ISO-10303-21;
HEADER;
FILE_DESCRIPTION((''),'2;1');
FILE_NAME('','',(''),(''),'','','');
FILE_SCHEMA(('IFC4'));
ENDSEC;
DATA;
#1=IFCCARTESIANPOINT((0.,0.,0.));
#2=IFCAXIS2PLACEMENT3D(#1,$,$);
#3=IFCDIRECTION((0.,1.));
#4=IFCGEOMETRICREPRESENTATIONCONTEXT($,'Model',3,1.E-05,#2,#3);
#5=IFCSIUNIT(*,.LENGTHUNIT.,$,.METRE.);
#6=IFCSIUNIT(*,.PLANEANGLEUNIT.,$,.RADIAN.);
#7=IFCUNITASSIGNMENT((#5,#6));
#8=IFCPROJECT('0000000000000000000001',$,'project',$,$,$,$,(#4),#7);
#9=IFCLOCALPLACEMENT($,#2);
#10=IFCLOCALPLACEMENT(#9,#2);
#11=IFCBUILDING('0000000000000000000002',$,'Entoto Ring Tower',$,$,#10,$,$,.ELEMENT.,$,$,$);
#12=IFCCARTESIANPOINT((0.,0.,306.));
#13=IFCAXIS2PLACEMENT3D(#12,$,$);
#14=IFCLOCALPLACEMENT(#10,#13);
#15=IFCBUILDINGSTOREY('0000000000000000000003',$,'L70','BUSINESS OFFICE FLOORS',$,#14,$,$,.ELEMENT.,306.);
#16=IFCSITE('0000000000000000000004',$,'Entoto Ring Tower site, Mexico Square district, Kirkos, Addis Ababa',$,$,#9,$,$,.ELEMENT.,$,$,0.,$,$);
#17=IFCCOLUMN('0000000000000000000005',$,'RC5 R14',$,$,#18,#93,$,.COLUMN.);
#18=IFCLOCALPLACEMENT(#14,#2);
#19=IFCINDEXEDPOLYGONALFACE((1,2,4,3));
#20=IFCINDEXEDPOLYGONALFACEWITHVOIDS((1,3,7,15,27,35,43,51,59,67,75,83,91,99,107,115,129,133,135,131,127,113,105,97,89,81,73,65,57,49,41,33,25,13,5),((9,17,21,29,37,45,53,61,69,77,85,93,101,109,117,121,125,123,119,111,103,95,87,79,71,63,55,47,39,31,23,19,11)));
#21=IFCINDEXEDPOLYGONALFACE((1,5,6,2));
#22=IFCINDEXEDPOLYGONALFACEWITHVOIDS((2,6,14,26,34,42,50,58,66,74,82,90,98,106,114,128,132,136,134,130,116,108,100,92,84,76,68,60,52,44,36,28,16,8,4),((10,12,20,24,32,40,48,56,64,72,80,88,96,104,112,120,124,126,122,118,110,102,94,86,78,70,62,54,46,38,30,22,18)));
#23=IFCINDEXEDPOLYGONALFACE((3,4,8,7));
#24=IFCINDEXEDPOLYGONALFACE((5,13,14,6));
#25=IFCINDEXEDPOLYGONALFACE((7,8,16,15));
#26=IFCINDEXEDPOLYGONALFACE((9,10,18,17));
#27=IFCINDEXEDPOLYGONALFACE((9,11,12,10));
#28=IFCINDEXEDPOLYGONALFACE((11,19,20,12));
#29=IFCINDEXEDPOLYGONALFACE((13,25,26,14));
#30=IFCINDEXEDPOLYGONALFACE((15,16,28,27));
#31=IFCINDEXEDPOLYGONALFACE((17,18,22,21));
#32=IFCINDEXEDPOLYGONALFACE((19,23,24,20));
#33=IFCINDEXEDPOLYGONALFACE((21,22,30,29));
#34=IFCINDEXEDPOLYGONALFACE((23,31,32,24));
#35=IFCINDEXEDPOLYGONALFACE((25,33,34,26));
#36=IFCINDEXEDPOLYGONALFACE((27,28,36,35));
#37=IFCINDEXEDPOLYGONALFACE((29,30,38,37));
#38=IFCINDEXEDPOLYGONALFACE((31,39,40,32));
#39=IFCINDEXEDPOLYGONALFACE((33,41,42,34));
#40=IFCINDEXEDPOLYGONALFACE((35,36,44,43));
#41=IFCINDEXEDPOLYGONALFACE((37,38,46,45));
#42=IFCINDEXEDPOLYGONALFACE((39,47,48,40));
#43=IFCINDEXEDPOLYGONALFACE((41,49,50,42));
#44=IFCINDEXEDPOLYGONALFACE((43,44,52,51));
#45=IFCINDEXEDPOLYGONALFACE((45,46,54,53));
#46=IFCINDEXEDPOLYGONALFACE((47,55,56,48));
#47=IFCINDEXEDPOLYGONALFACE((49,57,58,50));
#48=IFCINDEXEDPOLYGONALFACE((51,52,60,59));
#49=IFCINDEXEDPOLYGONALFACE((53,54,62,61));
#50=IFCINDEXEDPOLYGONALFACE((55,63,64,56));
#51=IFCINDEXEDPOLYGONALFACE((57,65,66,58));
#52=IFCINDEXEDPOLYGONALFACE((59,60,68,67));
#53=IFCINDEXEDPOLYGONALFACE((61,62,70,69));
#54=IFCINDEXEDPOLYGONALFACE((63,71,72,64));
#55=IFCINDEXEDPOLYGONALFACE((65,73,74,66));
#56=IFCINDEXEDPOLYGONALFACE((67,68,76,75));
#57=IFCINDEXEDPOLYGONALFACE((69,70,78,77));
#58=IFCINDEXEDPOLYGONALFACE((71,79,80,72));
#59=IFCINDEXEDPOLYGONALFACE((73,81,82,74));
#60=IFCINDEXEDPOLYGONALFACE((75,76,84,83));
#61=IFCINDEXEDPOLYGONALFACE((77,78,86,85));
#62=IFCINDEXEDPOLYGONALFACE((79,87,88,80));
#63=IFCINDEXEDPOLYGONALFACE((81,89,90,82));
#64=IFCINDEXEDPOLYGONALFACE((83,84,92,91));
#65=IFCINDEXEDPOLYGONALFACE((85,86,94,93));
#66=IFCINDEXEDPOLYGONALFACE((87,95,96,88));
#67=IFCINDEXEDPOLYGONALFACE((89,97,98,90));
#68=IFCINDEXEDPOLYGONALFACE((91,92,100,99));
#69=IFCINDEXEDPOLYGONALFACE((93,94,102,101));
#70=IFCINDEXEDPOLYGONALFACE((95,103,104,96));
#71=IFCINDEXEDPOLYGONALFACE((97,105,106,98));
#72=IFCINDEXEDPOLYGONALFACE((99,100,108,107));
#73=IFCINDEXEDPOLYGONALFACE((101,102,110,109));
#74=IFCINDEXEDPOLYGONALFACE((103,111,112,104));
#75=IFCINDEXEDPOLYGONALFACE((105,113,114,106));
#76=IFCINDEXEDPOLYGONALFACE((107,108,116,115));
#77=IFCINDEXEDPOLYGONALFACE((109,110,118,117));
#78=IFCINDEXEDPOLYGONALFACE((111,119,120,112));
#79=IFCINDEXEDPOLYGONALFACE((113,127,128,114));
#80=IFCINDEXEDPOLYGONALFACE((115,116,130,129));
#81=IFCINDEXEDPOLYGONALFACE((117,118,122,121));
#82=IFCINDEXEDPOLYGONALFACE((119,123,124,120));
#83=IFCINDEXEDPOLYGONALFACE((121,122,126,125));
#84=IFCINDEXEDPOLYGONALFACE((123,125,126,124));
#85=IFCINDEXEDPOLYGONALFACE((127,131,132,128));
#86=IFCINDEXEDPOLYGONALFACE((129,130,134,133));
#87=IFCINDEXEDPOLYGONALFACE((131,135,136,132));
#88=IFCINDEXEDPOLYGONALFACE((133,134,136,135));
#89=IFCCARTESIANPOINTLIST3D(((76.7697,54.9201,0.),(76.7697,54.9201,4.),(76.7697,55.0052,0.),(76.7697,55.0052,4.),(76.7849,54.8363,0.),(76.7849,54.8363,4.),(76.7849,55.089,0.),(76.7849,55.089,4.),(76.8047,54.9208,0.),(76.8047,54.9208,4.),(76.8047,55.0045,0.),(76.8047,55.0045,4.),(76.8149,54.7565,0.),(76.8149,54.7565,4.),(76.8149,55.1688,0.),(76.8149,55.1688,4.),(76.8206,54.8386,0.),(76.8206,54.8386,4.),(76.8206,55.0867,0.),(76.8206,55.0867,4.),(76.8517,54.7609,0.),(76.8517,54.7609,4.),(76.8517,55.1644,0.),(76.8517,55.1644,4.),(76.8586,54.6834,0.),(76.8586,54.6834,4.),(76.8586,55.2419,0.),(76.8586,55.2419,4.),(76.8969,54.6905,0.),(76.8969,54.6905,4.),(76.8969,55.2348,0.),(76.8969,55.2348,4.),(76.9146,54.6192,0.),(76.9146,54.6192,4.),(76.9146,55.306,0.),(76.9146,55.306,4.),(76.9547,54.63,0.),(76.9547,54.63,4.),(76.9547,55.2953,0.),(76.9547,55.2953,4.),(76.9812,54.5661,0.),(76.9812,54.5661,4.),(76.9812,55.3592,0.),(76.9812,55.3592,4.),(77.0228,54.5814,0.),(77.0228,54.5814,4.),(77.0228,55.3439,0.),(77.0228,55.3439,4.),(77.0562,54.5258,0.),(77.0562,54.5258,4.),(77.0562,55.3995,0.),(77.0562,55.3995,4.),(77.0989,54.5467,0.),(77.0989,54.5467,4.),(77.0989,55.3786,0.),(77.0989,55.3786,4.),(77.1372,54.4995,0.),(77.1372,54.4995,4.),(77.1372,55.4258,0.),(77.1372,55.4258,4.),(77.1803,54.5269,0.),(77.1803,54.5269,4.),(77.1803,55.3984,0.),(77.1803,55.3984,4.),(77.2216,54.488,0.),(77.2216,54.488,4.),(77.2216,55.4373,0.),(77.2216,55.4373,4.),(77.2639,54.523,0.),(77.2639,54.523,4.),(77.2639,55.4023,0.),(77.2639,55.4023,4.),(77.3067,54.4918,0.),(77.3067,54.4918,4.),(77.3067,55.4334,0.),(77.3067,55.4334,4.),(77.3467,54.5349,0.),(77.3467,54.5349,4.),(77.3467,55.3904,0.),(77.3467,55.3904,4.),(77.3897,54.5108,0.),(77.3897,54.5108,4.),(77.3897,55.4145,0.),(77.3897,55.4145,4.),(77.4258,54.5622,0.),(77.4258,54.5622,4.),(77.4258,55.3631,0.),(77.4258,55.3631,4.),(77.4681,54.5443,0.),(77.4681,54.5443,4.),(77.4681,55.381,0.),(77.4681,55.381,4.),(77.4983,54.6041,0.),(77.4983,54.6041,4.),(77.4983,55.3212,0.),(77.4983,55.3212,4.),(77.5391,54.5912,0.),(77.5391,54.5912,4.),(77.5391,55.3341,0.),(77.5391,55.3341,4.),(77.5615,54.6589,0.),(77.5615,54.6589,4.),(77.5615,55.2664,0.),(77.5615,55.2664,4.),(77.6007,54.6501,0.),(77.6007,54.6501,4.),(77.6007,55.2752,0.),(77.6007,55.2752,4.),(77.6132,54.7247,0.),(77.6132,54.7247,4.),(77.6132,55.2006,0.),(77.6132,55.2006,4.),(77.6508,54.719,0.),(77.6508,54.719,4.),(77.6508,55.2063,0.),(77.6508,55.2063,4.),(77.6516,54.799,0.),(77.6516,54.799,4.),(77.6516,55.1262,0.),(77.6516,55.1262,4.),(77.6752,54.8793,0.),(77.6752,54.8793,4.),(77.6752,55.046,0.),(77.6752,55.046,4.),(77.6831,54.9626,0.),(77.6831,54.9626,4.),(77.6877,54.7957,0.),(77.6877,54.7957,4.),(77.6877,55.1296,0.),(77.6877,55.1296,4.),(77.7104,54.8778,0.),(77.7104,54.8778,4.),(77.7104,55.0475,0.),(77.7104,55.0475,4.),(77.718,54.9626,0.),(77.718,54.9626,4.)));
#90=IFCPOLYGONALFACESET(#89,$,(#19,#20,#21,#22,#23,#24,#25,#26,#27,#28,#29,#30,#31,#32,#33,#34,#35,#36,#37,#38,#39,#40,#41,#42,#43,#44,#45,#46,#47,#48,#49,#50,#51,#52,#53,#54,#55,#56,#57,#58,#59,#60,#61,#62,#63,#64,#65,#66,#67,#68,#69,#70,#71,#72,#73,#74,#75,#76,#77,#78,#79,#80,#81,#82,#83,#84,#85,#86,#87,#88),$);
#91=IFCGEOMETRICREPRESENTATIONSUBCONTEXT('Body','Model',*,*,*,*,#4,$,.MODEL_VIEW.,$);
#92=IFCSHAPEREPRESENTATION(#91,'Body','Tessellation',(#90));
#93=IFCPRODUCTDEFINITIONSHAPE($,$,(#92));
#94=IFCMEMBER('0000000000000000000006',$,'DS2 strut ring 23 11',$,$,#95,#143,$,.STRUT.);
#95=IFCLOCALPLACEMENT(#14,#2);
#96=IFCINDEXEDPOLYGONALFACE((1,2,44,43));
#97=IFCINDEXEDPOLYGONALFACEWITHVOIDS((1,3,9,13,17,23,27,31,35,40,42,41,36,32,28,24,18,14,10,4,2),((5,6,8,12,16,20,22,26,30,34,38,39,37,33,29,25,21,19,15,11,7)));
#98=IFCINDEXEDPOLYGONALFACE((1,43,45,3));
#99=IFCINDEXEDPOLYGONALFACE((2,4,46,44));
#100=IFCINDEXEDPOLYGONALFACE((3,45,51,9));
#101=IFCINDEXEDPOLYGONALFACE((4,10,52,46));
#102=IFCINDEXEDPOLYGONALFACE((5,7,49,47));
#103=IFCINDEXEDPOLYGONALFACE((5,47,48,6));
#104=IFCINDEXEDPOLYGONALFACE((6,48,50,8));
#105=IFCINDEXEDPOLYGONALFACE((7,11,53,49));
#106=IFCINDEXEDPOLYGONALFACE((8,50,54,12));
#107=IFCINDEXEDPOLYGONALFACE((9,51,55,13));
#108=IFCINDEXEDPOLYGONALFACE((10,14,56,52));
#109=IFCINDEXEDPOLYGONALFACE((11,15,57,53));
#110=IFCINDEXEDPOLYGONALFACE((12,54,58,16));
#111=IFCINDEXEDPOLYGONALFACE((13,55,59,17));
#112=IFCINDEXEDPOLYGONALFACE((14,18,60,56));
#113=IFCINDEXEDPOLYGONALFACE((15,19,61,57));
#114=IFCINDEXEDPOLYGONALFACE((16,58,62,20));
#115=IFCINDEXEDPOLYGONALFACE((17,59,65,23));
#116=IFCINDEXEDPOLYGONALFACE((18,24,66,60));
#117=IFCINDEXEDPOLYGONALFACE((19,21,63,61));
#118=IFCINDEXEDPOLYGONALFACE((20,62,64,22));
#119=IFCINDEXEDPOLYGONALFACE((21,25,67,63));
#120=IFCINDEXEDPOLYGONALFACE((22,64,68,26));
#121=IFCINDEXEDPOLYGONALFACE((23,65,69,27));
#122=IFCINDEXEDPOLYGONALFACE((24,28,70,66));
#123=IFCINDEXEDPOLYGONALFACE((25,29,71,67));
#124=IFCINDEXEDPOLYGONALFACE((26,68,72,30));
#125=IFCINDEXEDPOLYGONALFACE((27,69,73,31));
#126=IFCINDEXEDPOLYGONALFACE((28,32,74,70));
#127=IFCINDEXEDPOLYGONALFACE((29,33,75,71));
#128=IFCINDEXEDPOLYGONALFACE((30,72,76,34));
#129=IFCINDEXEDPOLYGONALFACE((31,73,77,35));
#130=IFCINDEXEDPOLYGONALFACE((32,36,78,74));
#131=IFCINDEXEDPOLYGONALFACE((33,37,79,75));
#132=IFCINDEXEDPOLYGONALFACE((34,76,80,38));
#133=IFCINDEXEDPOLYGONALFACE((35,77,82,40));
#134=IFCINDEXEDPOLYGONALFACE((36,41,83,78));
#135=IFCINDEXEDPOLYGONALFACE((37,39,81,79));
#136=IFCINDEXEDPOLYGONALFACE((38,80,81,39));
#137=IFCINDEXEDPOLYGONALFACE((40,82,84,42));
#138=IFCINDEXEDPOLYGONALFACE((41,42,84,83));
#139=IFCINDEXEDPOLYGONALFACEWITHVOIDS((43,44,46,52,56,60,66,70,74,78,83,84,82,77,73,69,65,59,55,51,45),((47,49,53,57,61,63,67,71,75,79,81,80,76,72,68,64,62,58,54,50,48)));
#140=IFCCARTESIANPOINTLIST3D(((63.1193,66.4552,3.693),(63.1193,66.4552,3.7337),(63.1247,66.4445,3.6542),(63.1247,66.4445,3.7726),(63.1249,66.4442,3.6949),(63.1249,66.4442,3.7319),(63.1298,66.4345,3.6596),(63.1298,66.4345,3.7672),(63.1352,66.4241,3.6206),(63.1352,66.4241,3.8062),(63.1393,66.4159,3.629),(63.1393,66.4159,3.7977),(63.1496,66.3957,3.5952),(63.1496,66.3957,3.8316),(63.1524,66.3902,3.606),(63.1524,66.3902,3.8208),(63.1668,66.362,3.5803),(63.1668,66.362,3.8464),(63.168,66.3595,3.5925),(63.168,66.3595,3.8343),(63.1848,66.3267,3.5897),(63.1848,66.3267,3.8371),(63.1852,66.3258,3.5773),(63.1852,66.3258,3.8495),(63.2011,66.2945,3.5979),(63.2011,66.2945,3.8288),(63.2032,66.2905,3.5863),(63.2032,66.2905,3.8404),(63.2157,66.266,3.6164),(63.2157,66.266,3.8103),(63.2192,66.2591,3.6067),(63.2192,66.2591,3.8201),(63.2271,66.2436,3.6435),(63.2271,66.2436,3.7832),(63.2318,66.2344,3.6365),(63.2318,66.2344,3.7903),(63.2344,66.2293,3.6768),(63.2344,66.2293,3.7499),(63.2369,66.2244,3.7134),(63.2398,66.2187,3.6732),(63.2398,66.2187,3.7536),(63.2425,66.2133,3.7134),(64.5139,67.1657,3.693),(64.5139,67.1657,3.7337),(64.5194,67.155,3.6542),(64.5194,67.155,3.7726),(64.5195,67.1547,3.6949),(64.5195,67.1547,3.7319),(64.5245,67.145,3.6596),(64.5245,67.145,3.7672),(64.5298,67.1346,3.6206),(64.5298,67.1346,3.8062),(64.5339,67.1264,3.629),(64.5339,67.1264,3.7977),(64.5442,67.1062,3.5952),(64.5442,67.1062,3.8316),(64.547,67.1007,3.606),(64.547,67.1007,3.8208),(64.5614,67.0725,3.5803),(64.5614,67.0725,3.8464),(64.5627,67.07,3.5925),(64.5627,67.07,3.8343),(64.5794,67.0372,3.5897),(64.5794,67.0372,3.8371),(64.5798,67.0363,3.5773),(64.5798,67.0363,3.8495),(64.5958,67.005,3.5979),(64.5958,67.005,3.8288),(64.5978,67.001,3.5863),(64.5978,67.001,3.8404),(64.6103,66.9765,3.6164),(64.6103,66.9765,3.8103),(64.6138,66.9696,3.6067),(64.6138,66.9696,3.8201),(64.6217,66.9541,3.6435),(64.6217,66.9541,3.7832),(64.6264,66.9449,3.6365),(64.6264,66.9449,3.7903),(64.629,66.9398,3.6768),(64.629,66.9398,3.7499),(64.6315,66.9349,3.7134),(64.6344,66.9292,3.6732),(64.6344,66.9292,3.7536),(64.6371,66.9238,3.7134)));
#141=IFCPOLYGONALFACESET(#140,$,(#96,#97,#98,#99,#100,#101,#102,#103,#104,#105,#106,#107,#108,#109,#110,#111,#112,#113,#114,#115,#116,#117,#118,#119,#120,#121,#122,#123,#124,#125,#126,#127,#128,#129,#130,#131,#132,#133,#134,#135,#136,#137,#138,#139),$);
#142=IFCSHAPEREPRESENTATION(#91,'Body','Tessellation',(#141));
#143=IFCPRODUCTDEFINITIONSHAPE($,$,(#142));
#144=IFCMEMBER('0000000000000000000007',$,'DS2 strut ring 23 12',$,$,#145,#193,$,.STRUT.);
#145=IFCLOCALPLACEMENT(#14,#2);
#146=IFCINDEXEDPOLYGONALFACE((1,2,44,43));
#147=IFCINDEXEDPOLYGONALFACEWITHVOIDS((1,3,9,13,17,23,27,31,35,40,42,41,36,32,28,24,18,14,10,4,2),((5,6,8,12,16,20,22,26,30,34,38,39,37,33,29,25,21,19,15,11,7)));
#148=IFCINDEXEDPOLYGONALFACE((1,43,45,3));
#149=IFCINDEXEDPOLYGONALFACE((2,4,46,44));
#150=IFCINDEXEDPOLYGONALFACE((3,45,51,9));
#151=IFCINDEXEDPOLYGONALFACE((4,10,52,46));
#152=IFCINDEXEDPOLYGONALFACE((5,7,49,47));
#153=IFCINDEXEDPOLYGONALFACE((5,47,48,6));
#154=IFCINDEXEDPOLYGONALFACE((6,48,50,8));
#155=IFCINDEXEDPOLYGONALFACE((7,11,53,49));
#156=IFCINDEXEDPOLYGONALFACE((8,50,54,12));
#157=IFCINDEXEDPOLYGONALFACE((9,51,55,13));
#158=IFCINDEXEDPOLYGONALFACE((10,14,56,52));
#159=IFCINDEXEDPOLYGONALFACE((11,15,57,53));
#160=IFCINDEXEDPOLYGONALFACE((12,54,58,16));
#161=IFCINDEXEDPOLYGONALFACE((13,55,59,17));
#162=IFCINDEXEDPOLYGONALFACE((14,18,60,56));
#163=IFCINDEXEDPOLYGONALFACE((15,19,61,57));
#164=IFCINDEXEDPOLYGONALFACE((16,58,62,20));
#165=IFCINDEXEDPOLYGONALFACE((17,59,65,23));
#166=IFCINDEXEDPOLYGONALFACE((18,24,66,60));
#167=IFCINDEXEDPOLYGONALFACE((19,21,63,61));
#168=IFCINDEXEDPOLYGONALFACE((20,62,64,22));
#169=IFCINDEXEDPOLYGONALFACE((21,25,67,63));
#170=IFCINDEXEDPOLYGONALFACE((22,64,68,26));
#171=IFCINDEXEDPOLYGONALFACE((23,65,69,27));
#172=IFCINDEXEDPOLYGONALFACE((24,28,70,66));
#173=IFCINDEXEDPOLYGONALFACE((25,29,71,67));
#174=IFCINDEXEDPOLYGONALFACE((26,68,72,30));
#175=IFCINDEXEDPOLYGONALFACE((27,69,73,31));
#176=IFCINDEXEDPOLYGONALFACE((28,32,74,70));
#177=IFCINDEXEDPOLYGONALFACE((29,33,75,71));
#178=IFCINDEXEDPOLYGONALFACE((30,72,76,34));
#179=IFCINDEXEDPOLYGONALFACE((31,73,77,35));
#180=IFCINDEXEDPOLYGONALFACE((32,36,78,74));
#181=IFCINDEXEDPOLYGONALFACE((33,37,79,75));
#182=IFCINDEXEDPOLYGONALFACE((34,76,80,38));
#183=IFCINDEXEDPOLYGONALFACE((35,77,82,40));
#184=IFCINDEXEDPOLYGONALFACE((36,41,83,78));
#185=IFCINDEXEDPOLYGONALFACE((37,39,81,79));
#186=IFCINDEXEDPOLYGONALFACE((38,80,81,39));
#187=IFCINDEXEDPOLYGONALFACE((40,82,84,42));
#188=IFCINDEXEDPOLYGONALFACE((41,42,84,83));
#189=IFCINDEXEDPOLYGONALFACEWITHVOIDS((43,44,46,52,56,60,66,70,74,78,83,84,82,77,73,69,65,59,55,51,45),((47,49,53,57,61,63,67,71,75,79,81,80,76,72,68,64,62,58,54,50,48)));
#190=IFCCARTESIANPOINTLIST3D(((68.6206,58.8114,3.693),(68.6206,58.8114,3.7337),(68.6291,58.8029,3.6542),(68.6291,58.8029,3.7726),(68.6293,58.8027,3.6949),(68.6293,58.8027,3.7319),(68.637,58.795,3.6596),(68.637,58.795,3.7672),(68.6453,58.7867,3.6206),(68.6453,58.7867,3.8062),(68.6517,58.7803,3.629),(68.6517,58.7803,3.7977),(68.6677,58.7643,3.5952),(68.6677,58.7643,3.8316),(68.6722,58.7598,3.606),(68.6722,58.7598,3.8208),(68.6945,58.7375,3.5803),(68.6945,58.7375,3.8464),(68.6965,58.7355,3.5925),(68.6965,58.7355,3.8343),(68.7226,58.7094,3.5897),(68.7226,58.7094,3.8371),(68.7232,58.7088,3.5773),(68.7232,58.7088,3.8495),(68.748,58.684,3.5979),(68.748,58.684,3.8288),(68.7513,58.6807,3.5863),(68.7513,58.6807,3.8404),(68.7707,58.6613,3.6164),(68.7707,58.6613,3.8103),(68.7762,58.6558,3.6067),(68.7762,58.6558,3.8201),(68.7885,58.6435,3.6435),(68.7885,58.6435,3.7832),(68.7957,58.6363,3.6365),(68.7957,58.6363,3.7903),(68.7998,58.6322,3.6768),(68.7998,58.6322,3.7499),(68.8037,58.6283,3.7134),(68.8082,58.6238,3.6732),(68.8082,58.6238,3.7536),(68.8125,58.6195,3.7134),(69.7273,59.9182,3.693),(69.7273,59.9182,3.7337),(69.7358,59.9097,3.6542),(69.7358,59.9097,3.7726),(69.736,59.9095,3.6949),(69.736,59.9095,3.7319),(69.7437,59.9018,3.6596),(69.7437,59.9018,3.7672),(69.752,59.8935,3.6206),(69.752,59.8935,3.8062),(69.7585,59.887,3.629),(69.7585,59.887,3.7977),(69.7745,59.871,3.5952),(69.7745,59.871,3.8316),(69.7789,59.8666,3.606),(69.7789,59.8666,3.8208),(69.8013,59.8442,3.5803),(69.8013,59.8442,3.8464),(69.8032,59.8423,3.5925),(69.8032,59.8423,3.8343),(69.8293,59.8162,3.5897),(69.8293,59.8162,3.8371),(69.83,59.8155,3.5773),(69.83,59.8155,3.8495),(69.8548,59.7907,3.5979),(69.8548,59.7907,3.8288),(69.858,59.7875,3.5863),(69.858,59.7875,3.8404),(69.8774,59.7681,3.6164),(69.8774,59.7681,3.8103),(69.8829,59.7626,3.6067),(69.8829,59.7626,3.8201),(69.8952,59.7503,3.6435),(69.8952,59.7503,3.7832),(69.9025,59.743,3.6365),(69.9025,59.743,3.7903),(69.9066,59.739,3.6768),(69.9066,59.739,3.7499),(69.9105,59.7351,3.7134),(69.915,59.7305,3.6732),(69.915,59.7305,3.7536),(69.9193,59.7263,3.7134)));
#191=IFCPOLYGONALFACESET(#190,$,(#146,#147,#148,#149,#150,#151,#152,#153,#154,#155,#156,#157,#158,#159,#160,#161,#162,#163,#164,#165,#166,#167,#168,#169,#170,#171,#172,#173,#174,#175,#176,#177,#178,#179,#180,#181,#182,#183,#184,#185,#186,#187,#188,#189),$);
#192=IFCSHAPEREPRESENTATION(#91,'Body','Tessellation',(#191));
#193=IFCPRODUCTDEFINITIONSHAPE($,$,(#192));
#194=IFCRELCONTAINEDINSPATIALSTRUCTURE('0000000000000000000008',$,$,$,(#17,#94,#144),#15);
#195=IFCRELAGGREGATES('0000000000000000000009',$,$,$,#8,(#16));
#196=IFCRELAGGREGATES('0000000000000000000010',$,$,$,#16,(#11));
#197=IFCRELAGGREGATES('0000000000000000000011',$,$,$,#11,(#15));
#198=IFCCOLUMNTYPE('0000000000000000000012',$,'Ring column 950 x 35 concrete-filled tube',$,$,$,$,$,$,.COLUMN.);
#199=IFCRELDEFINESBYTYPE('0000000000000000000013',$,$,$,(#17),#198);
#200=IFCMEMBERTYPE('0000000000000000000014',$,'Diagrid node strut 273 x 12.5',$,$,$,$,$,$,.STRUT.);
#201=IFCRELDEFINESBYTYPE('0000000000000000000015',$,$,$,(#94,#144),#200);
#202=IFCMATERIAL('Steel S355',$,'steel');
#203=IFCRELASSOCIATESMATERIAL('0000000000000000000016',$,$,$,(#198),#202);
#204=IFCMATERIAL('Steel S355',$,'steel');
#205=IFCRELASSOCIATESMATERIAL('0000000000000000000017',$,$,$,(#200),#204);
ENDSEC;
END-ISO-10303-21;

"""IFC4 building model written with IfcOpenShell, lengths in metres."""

from ifc_helpers import new_model, si_unit, direction, frame, origin, origin_2d, place, context, subcontext, project, spatial, circle, hollow_circle, extrude, material, material_profile, profile_set, type_object, element, save


model = new_model("IFC4")

# Units and contexts
model_context = context("Model", 3, precision=1e-05, world=origin(), true_north=direction((0.0, 1.0)))
body_context = subcontext(model_context, "Body", "Model", "MODEL_VIEW")
ifc_project = project(units=[si_unit("LENGTHUNIT", "METRE"), si_unit("PLANEANGLEUNIT", "RADIAN")], contexts=[model_context])

# Site, building, storey
site_placement = place(None, origin())
site = spatial("IfcSite", under=ifc_project, at=site_placement, Name="Entoto Ring Tower site, Mexico Square district, Kirkos, Addis Ababa", CompositionType="ELEMENT", RefElevation=0.0)
building_placement = place(site_placement, origin())
building = spatial("IfcBuilding", under=site, at=building_placement, Name="Entoto Ring Tower", CompositionType="ELEMENT")
storey_placement = place(building_placement, frame((0.0, 0.0, 306.0)))
storey = spatial("IfcBuildingStorey", under=building, at=storey_placement, Name="L70", Description="BUSINESS OFFICE FLOORS", CompositionType="ELEMENT", Elevation=306.0)

# Column
ifc_material_1 = material(Name="Steel S355", Category="steel")
ifc_material_profile_1 = material_profile(ifc_material_1, hollow_circle(Radius=0.4751, WallThickness=0.0349, at=origin_2d()), Name="CHS 950 x 35")
ifc_material_2 = material(Name="Concrete C60/75", Category="concrete")
ifc_material_profile_2 = material_profile(ifc_material_2, circle(Radius=0.4399, at=origin_2d()), Name="Concrete C60/75 infill")
ifc_profile_set_1 = profile_set([ifc_material_profile_1, ifc_material_profile_2], Name="Steel S355")
column_type = type_object("IfcColumnType", Name="Ring column 950 x 35 concrete-filled tube", PredefinedType="COLUMN", material=ifc_profile_set_1)
for number, where, z_axis, x_axis, name in (
    (1, (77.2429, 54.9626, 0.0), (0.0, 0.0, 1.0), (1.0, 0.0, 0.0), "RC5 R14"),
):
    element("IfcColumn", number, at=place(storey_placement, frame(where, z_axis=z_axis, x_axis=x_axis)), inside=storey, type_object=column_type, Name=name, PredefinedType="COLUMN", context=body_context, shape_type="SweptSolid", body=[
        extrude(hollow_circle(Radius=0.4751, WallThickness=0.0349, at=origin_2d()), origin(), (0.0, 0.0, 1.0), 4.0),
    ])

# Members
ifc_material_3 = material(Name="Steel S355", Category="steel")
ifc_material_profile_3 = material_profile(ifc_material_3, hollow_circle(Radius=0.1365, WallThickness=0.0125, at=origin_2d()), Name="CHS 273 x 12.5")
ifc_material_4 = material(Name="Concrete C60/75", Category="concrete")
ifc_material_profile_4 = material_profile(ifc_material_4, circle(Radius=0.124, at=origin_2d()), Name="Concrete C60/75 infill")
ifc_profile_set_2 = profile_set([ifc_material_profile_3, ifc_material_profile_4], Name="Steel S355")
member_type = type_object("IfcMemberType", Name="Diagrid node strut 273 x 12.5", PredefinedType="STRUT", material=ifc_profile_set_2)
for number, where, z_axis, x_axis, name in (
    (2, (64.5752, 67.0454, 3.7134), (-0.891032, -0.45394, 0.0), (0.45394, -0.891032, 0.0), "DS2 strut ring 23 11"),
    (3, (69.8228, 59.8228, 3.7134), (-0.707107, -0.707107, 0.0), (0.707107, -0.707107, 0.0), "DS2 strut ring 23 12"),
):
    element("IfcMember", number, at=place(storey_placement, frame(where, z_axis=z_axis, x_axis=x_axis)), inside=storey, type_object=member_type, Name=name, PredefinedType="STRUT", context=body_context, shape_type="SweptSolid", body=[
        extrude(hollow_circle(Radius=0.1365, WallThickness=0.0125, at=origin_2d()), origin(), (0.0, 0.0, 1.0), 1.5652),
    ])

save(model, "model.ifc")
